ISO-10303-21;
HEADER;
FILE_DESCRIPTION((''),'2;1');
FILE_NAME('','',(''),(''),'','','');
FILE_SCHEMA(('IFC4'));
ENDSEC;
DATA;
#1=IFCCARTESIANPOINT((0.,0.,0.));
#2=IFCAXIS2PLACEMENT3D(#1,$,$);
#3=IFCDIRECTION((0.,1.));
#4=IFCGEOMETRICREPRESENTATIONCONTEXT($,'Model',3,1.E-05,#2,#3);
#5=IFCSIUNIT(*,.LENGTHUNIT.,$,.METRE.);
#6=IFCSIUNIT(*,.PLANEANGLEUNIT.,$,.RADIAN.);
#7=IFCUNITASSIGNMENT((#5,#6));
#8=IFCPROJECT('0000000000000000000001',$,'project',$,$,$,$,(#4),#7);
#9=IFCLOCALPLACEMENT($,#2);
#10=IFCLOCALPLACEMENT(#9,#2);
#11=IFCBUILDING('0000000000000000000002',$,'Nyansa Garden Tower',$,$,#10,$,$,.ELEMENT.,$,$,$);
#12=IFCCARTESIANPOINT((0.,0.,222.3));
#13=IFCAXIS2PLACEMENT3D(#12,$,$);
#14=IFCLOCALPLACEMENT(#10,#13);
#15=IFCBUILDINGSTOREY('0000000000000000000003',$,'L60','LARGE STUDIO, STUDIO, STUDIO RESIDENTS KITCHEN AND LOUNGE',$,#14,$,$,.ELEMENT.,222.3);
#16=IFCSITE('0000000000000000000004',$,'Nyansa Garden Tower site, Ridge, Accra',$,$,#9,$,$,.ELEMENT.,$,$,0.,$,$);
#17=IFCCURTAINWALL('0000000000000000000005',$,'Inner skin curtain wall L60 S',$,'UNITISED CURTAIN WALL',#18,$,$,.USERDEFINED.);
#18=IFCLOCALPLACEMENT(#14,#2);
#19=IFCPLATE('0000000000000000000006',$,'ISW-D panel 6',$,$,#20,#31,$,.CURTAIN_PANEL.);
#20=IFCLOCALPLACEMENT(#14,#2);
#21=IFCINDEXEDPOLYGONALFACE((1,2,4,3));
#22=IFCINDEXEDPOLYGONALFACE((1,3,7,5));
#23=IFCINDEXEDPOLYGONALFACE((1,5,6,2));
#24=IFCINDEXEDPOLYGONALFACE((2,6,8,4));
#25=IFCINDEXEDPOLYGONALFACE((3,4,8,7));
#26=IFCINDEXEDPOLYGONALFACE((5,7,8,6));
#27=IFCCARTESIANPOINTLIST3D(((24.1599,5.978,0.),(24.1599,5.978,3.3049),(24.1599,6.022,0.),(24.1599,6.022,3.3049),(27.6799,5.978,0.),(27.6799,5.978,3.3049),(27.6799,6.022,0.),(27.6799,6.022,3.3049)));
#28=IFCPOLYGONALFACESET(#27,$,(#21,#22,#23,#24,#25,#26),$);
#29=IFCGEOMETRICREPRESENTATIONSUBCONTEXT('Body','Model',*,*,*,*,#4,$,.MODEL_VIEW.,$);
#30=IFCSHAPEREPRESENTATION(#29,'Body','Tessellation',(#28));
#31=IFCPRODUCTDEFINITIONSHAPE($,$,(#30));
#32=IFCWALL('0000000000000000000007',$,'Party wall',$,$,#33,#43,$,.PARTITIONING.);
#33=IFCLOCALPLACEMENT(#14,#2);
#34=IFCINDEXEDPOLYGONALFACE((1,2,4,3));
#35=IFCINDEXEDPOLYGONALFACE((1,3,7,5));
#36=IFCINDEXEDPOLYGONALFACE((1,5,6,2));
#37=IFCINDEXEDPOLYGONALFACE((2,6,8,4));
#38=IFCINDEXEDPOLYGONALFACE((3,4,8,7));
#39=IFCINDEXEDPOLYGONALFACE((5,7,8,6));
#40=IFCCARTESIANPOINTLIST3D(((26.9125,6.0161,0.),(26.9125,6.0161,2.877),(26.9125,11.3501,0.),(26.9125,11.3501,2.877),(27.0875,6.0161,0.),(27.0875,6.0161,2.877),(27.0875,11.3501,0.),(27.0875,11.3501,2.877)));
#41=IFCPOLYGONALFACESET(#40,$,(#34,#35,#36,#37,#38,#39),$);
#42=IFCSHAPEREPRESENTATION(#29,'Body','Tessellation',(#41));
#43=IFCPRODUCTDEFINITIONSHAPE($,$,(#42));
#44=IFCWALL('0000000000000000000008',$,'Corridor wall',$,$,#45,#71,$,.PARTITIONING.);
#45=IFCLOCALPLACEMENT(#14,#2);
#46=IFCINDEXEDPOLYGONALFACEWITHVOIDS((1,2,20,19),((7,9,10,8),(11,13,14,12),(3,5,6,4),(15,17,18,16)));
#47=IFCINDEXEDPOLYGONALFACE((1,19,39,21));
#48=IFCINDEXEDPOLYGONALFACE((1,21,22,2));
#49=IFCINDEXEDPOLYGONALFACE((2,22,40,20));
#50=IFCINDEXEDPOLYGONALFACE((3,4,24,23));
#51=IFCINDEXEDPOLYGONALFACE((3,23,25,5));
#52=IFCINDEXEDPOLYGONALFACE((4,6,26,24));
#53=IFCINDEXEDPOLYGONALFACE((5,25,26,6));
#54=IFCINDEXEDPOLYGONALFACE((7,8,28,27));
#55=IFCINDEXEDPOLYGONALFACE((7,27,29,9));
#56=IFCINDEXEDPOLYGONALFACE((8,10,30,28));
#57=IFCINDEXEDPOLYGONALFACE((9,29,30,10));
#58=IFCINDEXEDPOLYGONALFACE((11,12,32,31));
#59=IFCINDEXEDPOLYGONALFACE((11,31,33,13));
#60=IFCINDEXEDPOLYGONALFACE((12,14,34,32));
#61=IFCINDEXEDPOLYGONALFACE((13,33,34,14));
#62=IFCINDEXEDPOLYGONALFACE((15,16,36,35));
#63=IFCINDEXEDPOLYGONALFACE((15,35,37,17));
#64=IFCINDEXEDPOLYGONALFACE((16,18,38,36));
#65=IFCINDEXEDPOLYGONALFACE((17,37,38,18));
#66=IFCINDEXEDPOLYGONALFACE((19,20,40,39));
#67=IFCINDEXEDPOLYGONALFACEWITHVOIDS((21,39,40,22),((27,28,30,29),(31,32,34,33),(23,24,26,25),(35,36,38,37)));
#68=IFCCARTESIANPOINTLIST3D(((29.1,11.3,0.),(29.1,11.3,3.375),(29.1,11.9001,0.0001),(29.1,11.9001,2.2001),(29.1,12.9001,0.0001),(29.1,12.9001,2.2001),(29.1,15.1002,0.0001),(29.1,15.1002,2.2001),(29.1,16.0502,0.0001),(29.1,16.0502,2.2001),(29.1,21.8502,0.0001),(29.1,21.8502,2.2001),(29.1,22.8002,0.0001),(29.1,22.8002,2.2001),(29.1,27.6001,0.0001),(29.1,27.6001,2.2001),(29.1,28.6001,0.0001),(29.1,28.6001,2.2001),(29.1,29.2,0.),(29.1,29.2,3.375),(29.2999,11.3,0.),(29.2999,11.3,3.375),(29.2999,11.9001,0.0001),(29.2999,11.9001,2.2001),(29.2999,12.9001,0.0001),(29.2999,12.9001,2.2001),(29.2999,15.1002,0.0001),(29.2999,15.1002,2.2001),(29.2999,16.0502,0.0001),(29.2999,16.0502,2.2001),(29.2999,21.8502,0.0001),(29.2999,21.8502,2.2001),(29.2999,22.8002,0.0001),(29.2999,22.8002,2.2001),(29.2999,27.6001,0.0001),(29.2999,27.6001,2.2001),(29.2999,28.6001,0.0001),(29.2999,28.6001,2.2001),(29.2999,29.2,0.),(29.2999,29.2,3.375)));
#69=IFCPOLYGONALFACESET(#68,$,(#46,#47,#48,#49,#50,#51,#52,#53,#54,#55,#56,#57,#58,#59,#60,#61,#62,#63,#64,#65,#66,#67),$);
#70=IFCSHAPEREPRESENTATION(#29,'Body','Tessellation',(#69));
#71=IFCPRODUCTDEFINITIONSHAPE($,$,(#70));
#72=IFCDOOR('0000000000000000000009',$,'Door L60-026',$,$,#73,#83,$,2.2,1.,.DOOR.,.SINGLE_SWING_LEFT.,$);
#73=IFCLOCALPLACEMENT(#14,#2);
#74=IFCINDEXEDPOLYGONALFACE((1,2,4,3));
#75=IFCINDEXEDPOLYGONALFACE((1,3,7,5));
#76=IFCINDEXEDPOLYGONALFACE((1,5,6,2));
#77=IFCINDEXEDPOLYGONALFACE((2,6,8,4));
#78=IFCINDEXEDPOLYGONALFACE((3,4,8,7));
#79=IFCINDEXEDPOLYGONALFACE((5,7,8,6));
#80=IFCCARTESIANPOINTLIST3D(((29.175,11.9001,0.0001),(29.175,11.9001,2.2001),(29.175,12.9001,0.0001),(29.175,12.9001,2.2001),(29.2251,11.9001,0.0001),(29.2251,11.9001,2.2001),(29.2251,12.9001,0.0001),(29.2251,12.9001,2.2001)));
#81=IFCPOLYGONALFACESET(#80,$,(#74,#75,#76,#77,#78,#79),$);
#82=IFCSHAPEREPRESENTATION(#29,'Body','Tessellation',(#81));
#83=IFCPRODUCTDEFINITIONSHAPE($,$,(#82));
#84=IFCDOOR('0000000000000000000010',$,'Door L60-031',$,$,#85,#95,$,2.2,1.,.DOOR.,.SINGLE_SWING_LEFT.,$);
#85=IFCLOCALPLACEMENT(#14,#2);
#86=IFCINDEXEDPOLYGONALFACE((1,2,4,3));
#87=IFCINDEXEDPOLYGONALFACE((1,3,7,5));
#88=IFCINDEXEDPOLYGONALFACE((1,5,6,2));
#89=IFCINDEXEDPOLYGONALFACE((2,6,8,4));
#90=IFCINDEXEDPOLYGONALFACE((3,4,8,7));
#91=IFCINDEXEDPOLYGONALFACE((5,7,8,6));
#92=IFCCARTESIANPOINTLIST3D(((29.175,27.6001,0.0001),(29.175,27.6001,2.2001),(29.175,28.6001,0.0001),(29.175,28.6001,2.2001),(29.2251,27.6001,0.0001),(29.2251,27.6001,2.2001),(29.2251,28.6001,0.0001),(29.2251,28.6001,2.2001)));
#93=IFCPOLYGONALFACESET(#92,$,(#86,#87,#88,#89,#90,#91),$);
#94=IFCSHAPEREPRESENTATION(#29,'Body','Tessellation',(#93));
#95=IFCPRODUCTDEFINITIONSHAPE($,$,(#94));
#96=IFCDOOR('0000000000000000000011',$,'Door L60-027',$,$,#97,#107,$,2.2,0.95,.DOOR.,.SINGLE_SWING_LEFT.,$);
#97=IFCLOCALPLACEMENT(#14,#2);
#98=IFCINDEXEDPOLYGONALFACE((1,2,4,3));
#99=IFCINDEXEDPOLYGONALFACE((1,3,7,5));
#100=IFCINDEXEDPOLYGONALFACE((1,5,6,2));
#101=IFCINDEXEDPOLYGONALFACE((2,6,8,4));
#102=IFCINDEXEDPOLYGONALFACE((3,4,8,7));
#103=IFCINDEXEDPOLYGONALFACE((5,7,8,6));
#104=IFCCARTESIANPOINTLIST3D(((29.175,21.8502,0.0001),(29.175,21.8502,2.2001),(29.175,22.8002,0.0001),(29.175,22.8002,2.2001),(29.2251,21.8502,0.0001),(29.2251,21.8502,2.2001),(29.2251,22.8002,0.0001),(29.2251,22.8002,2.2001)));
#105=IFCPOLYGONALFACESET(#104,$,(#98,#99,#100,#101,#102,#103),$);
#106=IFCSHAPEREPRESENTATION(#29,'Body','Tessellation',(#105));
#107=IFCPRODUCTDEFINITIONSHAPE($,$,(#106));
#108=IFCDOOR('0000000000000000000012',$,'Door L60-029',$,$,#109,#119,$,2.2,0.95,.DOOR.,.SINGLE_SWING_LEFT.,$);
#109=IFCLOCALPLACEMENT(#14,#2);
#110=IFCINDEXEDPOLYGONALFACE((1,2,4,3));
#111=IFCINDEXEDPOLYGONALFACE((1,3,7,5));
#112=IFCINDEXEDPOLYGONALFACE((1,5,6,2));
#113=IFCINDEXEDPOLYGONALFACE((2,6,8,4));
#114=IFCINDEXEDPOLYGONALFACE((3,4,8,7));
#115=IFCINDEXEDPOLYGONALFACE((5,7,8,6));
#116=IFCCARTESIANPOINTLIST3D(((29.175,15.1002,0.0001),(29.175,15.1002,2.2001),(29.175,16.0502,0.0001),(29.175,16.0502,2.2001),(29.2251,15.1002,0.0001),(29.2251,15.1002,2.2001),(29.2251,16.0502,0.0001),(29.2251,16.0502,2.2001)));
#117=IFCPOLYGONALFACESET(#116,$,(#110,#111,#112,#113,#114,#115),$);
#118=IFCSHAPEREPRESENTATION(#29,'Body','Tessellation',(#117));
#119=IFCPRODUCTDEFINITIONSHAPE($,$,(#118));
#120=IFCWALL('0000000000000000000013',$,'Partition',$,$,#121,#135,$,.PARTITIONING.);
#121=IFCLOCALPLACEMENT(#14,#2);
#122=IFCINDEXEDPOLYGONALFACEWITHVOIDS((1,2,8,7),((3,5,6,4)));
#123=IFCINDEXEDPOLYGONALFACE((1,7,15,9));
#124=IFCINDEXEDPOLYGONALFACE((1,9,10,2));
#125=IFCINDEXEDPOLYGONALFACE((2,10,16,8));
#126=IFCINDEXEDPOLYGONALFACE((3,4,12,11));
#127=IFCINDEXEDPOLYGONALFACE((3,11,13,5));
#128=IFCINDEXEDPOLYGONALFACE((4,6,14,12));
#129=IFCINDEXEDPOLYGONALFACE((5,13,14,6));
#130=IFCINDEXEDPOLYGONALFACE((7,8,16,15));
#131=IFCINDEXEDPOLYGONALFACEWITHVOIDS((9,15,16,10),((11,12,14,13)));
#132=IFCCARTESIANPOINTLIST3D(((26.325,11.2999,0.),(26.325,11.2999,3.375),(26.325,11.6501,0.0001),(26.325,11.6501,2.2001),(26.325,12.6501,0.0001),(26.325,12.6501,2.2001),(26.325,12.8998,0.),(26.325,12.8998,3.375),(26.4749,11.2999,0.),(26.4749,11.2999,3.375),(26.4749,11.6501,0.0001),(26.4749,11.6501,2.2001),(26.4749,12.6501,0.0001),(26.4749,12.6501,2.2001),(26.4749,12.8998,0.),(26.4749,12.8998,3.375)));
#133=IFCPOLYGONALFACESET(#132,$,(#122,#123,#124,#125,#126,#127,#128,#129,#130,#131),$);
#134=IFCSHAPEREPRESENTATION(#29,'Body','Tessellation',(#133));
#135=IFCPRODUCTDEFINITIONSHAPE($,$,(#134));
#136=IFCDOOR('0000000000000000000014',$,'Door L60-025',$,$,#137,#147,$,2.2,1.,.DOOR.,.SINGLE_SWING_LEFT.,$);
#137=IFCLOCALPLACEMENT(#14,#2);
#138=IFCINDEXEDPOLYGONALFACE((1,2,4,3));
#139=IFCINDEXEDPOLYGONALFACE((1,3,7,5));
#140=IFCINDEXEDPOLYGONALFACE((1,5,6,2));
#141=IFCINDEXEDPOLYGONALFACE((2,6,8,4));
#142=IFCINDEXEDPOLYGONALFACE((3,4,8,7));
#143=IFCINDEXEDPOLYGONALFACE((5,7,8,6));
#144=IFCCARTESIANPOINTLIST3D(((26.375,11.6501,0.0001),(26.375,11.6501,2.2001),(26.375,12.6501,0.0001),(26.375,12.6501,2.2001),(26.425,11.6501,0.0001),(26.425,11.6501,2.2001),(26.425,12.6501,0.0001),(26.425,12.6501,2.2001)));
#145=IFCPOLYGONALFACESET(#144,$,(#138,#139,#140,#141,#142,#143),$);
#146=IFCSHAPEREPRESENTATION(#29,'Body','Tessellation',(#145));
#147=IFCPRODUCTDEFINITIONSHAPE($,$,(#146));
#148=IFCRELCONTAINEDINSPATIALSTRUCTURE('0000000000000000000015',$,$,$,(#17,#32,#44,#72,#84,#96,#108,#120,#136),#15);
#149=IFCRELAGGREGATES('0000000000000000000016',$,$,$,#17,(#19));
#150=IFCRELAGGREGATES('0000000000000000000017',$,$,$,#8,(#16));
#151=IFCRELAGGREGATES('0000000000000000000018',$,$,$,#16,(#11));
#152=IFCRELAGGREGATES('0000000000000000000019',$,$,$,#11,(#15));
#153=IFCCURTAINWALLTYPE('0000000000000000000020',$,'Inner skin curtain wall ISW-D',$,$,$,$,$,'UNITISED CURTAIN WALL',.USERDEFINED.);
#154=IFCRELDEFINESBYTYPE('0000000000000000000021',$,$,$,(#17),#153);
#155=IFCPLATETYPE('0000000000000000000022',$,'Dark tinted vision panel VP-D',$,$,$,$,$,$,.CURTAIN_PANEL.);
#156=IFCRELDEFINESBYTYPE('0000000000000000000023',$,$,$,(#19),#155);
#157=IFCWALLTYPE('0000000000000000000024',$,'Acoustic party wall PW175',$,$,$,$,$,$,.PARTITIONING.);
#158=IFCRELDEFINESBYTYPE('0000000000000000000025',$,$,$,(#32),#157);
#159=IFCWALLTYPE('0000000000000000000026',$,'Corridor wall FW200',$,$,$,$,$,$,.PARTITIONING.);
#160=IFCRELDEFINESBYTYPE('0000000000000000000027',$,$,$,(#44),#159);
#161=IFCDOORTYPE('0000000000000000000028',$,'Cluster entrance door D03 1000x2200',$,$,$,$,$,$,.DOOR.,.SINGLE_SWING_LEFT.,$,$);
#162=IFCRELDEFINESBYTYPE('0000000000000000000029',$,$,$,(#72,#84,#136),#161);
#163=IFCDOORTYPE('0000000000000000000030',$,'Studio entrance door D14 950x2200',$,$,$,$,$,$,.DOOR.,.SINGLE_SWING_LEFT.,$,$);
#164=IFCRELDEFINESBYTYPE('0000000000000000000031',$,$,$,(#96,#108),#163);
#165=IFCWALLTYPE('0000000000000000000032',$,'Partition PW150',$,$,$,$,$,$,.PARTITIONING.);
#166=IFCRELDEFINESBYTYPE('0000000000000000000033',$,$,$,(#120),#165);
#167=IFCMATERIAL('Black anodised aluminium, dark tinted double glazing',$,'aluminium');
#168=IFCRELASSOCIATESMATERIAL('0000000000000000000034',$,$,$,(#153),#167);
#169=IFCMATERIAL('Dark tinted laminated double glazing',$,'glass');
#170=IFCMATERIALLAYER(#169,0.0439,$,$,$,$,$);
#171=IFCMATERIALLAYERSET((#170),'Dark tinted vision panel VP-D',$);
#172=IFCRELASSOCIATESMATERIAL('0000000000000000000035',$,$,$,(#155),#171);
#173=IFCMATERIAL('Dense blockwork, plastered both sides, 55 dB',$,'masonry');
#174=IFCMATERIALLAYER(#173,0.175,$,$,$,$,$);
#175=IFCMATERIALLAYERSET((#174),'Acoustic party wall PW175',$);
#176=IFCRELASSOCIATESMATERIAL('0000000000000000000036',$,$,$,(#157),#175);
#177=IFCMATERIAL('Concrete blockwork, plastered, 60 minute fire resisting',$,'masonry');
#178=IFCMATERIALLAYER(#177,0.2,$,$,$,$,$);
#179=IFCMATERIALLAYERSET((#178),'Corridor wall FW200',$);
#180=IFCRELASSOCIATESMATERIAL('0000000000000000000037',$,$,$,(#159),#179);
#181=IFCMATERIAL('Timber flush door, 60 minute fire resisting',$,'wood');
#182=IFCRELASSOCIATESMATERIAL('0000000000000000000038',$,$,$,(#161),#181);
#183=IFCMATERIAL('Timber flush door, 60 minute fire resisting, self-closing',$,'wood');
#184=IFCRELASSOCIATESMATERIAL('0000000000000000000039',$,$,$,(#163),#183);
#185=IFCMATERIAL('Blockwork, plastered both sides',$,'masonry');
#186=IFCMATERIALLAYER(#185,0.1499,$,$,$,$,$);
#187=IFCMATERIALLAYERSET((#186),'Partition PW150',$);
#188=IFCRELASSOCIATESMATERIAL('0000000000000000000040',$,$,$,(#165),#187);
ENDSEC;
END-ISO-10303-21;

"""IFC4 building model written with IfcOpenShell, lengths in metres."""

from ifc_helpers import new_model, si_unit, direction, frame, frame_2d, origin, origin_2d, place, context, subcontext, project, spatial, rectangle, extrude, material, layer, layer_set, type_object, element, fill, aggregate, save


model = new_model("IFC4")

# Units and contexts
model_context = context("Model", 3, precision=1e-05, world=origin(), true_north=direction((0.0, 1.0)))
body_context = subcontext(model_context, "Body", "Model", "MODEL_VIEW")
ifc_project = project(units=[si_unit("LENGTHUNIT", "METRE"), si_unit("PLANEANGLEUNIT", "RADIAN")], contexts=[model_context])

# Site, building, storey
site_placement = place(None, origin())
site = spatial("IfcSite", under=ifc_project, at=site_placement, Name="Nyansa Garden Tower site, Ridge, Accra", CompositionType="ELEMENT", RefElevation=0.0)
building_placement = place(site_placement, origin())
building = spatial("IfcBuilding", under=site, at=building_placement, Name="Nyansa Garden Tower", CompositionType="ELEMENT")
storey_placement = place(building_placement, frame((0.0, 0.0, 222.3)))
storey = spatial("IfcBuildingStorey", under=building, at=storey_placement, Name="L60", Description="LARGE STUDIO, STUDIO, STUDIO RESIDENTS KITCHEN AND LOUNGE", CompositionType="ELEMENT", Elevation=222.3)

# Curtain wall
ifc_material_1 = material(Name="Black anodised aluminium, dark tinted double glazing", Category="aluminium")
curtain_wall_type = type_object("IfcCurtainWallType", Name="Inner skin curtain wall ISW-D", ElementType="UNITISED CURTAIN WALL", PredefinedType="USERDEFINED", material=ifc_material_1)
curtain_wall_placement = place(storey_placement, origin())
curtain_wall = element("IfcCurtainWall", 1, at=curtain_wall_placement, inside=storey, type_object=curtain_wall_type, Name="Inner skin curtain wall L60 S", ObjectType="UNITISED CURTAIN WALL", PredefinedType="USERDEFINED")

# Plate
ifc_material_2 = material(Name="Dark tinted laminated double glazing", Category="glass")
ifc_layer_1 = layer(ifc_material_2, 0.0439)
ifc_layer_set_1 = layer_set([ifc_layer_1], Name="Dark tinted vision panel VP-D")
plate_type = type_object("IfcPlateType", Name="Dark tinted vision panel VP-D", PredefinedType="CURTAIN_PANEL", material=ifc_layer_set_1)
plate_placement = place(storey_placement, frame((25.9199, 6.0, 0.0), z_axis=(0.0, 0.0, 1.0), x_axis=(1.0, 0.0, 0.0)))
plate = element("IfcPlate", 2, at=plate_placement, type_object=plate_type, Name="ISW-D panel 6", PredefinedType="CURTAIN_PANEL", context=body_context, shape_type="SweptSolid", body=[
    extrude(rectangle(XDim=3.52, YDim=0.0439, at=origin_2d()), origin(), (0.0, 0.0, 1.0), 3.3049),
])
aggregate(curtain_wall, [plate])

# Wall
ifc_material_3 = material(Name="Dense blockwork, plastered both sides, 55 dB", Category="masonry")
ifc_layer_2 = layer(ifc_material_3, 0.175)
ifc_layer_set_2 = layer_set([ifc_layer_2], Name="Acoustic party wall PW175")
wall_type_1 = type_object("IfcWallType", Name="Acoustic party wall PW175", PredefinedType="PARTITIONING", material=ifc_layer_set_2)
wall_1_placement = place(storey_placement, frame((27.0, 6.0161, 0.0), z_axis=(0.0, 0.0, 1.0), x_axis=(0.0, 1.0, 0.0)))
element("IfcWall", 3, at=wall_1_placement, inside=storey, type_object=wall_type_1, Name="Party wall", PredefinedType="PARTITIONING", context=body_context, shape_type="SweptSolid", body=[
    extrude(rectangle(XDim=5.334, YDim=0.175, at=frame_2d((2.667, 0.0))), origin(), (0.0, 0.0, 1.0), 2.877),
])

# Wall, openings, doors
ifc_material_4 = material(Name="Concrete blockwork, plastered, 60 minute fire resisting", Category="masonry")
ifc_layer_3 = layer(ifc_material_4, 0.2)
ifc_layer_set_3 = layer_set([ifc_layer_3], Name="Corridor wall FW200")
wall_type_2 = type_object("IfcWallType", Name="Corridor wall FW200", PredefinedType="PARTITIONING", material=ifc_layer_set_3)
wall_2_placement = place(storey_placement, frame((29.2, 11.3, 0.0), z_axis=(0.0, 0.0, 1.0), x_axis=(0.0, 1.0, 0.0)))
wall_2 = element("IfcWall", 4, at=wall_2_placement, inside=storey, type_object=wall_type_2, Name="Corridor wall", PredefinedType="PARTITIONING", context=body_context, shape_type="SweptSolid", body=[
    extrude(rectangle(XDim=17.8999, YDim=0.2, at=frame_2d((8.95, 0.0))), origin(), (0.0, 0.0, 1.0), 3.375),
])
opening_1_placement = place(wall_2_placement, frame((0.6001, 0.0, 0.0)))
opening_1 = element("IfcOpeningElement", 5, at=opening_1_placement, cuts=wall_2, PredefinedType="OPENING", context=body_context, shape_type="SweptSolid", body=[
    extrude(rectangle(XDim=1.0, YDim=2.2, at=frame_2d((0.5, 1.1001))), frame((0.0, 0.1099, 0.0), z_axis=(0.0, -1.0, 0.0), x_axis=(1.0, 0.0, 0.0)), (0.0, 0.0, 1.0), 0.22),
])
opening_2_placement = place(wall_2_placement, frame((10.55, 0.0, 0.0)))
opening_2 = element("IfcOpeningElement", 6, at=opening_2_placement, cuts=wall_2, PredefinedType="OPENING", context=body_context, shape_type="SweptSolid", body=[
    extrude(rectangle(XDim=0.95, YDim=2.2, at=frame_2d((0.4751, 1.1001))), frame((0.0, 0.1099, 0.0), z_axis=(0.0, -1.0, 0.0), x_axis=(1.0, 0.0, 0.0)), (0.0, 0.0, 1.0), 0.22),
])
opening_3_placement = place(wall_2_placement, frame((3.8, 0.0, 0.0)))
opening_3 = element("IfcOpeningElement", 7, at=opening_3_placement, cuts=wall_2, PredefinedType="OPENING", context=body_context, shape_type="SweptSolid", body=[
    extrude(rectangle(XDim=0.95, YDim=2.2, at=frame_2d((0.4751, 1.1001))), frame((0.0, 0.1099, 0.0), z_axis=(0.0, -1.0, 0.0), x_axis=(1.0, 0.0, 0.0)), (0.0, 0.0, 1.0), 0.22),
])
opening_4_placement = place(wall_2_placement, frame((16.3, 0.0, 0.0)))
opening_4 = element("IfcOpeningElement", 8, at=opening_4_placement, cuts=wall_2, PredefinedType="OPENING", context=body_context, shape_type="SweptSolid", body=[
    extrude(rectangle(XDim=1.0, YDim=2.2, at=frame_2d((0.5, 1.1001))), frame((0.0, 0.1099, 0.0), z_axis=(0.0, -1.0, 0.0), x_axis=(1.0, 0.0, 0.0)), (0.0, 0.0, 1.0), 0.22),
])
ifc_material_5 = material(Name="Timber flush door, 60 minute fire resisting", Category="wood")
door_type_1 = type_object("IfcDoorType", Name="Cluster entrance door D03 1000x2200", OperationType="SINGLE_SWING_LEFT", PredefinedType="DOOR", material=ifc_material_5)
door_1_placement = place(opening_1_placement, origin())
door_1 = element("IfcDoor", 9, at=door_1_placement, inside=storey, type_object=door_type_1, Name="Door L60-026", OperationType="SINGLE_SWING_LEFT", OverallHeight=2.2, OverallWidth=1.0, PredefinedType="DOOR", context=body_context, shape_type="SweptSolid", body=[
    extrude(rectangle(XDim=1.0, YDim=2.2, at=frame_2d((0.5, 1.1001))), frame((0.0, 0.0249, 0.0), z_axis=(0.0, -1.0, 0.0), x_axis=(1.0, 0.0, 0.0)), (0.0, 0.0, 1.0), 0.05),
])
fill(opening_1, door_1)
door_2_placement = place(opening_4_placement, origin())
door_2 = element("IfcDoor", 10, at=door_2_placement, inside=storey, type_object=door_type_1, Name="Door L60-031", OperationType="SINGLE_SWING_LEFT", OverallHeight=2.2, OverallWidth=1.0, PredefinedType="DOOR", context=body_context, shape_type="SweptSolid", body=[
    extrude(rectangle(XDim=1.0, YDim=2.2, at=frame_2d((0.5, 1.1001))), frame((0.0, 0.0249, 0.0), z_axis=(0.0, -1.0, 0.0), x_axis=(1.0, 0.0, 0.0)), (0.0, 0.0, 1.0), 0.05),
])
fill(opening_4, door_2)
ifc_material_6 = material(Name="Timber flush door, 60 minute fire resisting, self-closing", Category="wood")
door_type_2 = type_object("IfcDoorType", Name="Studio entrance door D14 950x2200", OperationType="SINGLE_SWING_LEFT", PredefinedType="DOOR", material=ifc_material_6)
door_3_placement = place(opening_2_placement, origin())
door_3 = element("IfcDoor", 11, at=door_3_placement, inside=storey, type_object=door_type_2, Name="Door L60-027", OperationType="SINGLE_SWING_LEFT", OverallHeight=2.2, OverallWidth=0.95, PredefinedType="DOOR", context=body_context, shape_type="SweptSolid", body=[
    extrude(rectangle(XDim=0.95, YDim=2.2, at=frame_2d((0.4751, 1.1001))), frame((0.0, 0.0249, 0.0), z_axis=(0.0, -1.0, 0.0), x_axis=(1.0, 0.0, 0.0)), (0.0, 0.0, 1.0), 0.05),
])
fill(opening_2, door_3)
door_4_placement = place(opening_3_placement, origin())
door_4 = element("IfcDoor", 12, at=door_4_placement, inside=storey, type_object=door_type_2, Name="Door L60-029", OperationType="SINGLE_SWING_LEFT", OverallHeight=2.2, OverallWidth=0.95, PredefinedType="DOOR", context=body_context, shape_type="SweptSolid", body=[
    extrude(rectangle(XDim=0.95, YDim=2.2, at=frame_2d((0.4751, 1.1001))), frame((0.0, 0.0249, 0.0), z_axis=(0.0, -1.0, 0.0), x_axis=(1.0, 0.0, 0.0)), (0.0, 0.0, 1.0), 0.05),
])
fill(opening_3, door_4)

# Wall, opening, door
ifc_material_7 = material(Name="Blockwork, plastered both sides", Category="masonry")
ifc_layer_4 = layer(ifc_material_7, 0.1499)
ifc_layer_set_4 = layer_set([ifc_layer_4], Name="Partition PW150")
wall_type_3 = type_object("IfcWallType", Name="Partition PW150", PredefinedType="PARTITIONING", material=ifc_layer_set_4)
wall_3_placement = place(storey_placement, frame((26.3999, 11.3, 0.0), z_axis=(0.0, 0.0, 1.0), x_axis=(0.0, 1.0, 0.0)))
wall_3 = element("IfcWall", 13, at=wall_3_placement, inside=storey, type_object=wall_type_3, Name="Partition", PredefinedType="PARTITIONING", context=body_context, shape_type="SweptSolid", body=[
    extrude(rectangle(XDim=1.5999, YDim=0.1499, at=frame_2d((0.7998, 0.0))), origin(), (0.0, 0.0, 1.0), 3.375),
])
opening_5_placement = place(wall_3_placement, frame((0.3501, 0.0, 0.0)))
opening_5 = element("IfcOpeningElement", 14, at=opening_5_placement, cuts=wall_3, PredefinedType="OPENING", context=body_context, shape_type="SweptSolid", body=[
    extrude(rectangle(XDim=1.0, YDim=2.2, at=frame_2d((0.5, 1.1001))), frame((0.0, 0.085, 0.0), z_axis=(0.0, -1.0, 0.0), x_axis=(1.0, 0.0, 0.0)), (0.0, 0.0, 1.0), 0.1699),
])
door_5_placement = place(opening_5_placement, origin())
door_5 = element("IfcDoor", 15, at=door_5_placement, inside=storey, type_object=door_type_1, Name="Door L60-025", OperationType="SINGLE_SWING_LEFT", OverallHeight=2.2, OverallWidth=1.0, PredefinedType="DOOR", context=body_context, shape_type="SweptSolid", body=[
    extrude(rectangle(XDim=1.0, YDim=2.2, at=frame_2d((0.5, 1.1001))), frame((0.0, 0.0249, 0.0), z_axis=(0.0, -1.0, 0.0), x_axis=(1.0, 0.0, 0.0)), (0.0, 0.0, 1.0), 0.05),
])
fill(opening_5, door_5)

save(model, "model.ifc")
